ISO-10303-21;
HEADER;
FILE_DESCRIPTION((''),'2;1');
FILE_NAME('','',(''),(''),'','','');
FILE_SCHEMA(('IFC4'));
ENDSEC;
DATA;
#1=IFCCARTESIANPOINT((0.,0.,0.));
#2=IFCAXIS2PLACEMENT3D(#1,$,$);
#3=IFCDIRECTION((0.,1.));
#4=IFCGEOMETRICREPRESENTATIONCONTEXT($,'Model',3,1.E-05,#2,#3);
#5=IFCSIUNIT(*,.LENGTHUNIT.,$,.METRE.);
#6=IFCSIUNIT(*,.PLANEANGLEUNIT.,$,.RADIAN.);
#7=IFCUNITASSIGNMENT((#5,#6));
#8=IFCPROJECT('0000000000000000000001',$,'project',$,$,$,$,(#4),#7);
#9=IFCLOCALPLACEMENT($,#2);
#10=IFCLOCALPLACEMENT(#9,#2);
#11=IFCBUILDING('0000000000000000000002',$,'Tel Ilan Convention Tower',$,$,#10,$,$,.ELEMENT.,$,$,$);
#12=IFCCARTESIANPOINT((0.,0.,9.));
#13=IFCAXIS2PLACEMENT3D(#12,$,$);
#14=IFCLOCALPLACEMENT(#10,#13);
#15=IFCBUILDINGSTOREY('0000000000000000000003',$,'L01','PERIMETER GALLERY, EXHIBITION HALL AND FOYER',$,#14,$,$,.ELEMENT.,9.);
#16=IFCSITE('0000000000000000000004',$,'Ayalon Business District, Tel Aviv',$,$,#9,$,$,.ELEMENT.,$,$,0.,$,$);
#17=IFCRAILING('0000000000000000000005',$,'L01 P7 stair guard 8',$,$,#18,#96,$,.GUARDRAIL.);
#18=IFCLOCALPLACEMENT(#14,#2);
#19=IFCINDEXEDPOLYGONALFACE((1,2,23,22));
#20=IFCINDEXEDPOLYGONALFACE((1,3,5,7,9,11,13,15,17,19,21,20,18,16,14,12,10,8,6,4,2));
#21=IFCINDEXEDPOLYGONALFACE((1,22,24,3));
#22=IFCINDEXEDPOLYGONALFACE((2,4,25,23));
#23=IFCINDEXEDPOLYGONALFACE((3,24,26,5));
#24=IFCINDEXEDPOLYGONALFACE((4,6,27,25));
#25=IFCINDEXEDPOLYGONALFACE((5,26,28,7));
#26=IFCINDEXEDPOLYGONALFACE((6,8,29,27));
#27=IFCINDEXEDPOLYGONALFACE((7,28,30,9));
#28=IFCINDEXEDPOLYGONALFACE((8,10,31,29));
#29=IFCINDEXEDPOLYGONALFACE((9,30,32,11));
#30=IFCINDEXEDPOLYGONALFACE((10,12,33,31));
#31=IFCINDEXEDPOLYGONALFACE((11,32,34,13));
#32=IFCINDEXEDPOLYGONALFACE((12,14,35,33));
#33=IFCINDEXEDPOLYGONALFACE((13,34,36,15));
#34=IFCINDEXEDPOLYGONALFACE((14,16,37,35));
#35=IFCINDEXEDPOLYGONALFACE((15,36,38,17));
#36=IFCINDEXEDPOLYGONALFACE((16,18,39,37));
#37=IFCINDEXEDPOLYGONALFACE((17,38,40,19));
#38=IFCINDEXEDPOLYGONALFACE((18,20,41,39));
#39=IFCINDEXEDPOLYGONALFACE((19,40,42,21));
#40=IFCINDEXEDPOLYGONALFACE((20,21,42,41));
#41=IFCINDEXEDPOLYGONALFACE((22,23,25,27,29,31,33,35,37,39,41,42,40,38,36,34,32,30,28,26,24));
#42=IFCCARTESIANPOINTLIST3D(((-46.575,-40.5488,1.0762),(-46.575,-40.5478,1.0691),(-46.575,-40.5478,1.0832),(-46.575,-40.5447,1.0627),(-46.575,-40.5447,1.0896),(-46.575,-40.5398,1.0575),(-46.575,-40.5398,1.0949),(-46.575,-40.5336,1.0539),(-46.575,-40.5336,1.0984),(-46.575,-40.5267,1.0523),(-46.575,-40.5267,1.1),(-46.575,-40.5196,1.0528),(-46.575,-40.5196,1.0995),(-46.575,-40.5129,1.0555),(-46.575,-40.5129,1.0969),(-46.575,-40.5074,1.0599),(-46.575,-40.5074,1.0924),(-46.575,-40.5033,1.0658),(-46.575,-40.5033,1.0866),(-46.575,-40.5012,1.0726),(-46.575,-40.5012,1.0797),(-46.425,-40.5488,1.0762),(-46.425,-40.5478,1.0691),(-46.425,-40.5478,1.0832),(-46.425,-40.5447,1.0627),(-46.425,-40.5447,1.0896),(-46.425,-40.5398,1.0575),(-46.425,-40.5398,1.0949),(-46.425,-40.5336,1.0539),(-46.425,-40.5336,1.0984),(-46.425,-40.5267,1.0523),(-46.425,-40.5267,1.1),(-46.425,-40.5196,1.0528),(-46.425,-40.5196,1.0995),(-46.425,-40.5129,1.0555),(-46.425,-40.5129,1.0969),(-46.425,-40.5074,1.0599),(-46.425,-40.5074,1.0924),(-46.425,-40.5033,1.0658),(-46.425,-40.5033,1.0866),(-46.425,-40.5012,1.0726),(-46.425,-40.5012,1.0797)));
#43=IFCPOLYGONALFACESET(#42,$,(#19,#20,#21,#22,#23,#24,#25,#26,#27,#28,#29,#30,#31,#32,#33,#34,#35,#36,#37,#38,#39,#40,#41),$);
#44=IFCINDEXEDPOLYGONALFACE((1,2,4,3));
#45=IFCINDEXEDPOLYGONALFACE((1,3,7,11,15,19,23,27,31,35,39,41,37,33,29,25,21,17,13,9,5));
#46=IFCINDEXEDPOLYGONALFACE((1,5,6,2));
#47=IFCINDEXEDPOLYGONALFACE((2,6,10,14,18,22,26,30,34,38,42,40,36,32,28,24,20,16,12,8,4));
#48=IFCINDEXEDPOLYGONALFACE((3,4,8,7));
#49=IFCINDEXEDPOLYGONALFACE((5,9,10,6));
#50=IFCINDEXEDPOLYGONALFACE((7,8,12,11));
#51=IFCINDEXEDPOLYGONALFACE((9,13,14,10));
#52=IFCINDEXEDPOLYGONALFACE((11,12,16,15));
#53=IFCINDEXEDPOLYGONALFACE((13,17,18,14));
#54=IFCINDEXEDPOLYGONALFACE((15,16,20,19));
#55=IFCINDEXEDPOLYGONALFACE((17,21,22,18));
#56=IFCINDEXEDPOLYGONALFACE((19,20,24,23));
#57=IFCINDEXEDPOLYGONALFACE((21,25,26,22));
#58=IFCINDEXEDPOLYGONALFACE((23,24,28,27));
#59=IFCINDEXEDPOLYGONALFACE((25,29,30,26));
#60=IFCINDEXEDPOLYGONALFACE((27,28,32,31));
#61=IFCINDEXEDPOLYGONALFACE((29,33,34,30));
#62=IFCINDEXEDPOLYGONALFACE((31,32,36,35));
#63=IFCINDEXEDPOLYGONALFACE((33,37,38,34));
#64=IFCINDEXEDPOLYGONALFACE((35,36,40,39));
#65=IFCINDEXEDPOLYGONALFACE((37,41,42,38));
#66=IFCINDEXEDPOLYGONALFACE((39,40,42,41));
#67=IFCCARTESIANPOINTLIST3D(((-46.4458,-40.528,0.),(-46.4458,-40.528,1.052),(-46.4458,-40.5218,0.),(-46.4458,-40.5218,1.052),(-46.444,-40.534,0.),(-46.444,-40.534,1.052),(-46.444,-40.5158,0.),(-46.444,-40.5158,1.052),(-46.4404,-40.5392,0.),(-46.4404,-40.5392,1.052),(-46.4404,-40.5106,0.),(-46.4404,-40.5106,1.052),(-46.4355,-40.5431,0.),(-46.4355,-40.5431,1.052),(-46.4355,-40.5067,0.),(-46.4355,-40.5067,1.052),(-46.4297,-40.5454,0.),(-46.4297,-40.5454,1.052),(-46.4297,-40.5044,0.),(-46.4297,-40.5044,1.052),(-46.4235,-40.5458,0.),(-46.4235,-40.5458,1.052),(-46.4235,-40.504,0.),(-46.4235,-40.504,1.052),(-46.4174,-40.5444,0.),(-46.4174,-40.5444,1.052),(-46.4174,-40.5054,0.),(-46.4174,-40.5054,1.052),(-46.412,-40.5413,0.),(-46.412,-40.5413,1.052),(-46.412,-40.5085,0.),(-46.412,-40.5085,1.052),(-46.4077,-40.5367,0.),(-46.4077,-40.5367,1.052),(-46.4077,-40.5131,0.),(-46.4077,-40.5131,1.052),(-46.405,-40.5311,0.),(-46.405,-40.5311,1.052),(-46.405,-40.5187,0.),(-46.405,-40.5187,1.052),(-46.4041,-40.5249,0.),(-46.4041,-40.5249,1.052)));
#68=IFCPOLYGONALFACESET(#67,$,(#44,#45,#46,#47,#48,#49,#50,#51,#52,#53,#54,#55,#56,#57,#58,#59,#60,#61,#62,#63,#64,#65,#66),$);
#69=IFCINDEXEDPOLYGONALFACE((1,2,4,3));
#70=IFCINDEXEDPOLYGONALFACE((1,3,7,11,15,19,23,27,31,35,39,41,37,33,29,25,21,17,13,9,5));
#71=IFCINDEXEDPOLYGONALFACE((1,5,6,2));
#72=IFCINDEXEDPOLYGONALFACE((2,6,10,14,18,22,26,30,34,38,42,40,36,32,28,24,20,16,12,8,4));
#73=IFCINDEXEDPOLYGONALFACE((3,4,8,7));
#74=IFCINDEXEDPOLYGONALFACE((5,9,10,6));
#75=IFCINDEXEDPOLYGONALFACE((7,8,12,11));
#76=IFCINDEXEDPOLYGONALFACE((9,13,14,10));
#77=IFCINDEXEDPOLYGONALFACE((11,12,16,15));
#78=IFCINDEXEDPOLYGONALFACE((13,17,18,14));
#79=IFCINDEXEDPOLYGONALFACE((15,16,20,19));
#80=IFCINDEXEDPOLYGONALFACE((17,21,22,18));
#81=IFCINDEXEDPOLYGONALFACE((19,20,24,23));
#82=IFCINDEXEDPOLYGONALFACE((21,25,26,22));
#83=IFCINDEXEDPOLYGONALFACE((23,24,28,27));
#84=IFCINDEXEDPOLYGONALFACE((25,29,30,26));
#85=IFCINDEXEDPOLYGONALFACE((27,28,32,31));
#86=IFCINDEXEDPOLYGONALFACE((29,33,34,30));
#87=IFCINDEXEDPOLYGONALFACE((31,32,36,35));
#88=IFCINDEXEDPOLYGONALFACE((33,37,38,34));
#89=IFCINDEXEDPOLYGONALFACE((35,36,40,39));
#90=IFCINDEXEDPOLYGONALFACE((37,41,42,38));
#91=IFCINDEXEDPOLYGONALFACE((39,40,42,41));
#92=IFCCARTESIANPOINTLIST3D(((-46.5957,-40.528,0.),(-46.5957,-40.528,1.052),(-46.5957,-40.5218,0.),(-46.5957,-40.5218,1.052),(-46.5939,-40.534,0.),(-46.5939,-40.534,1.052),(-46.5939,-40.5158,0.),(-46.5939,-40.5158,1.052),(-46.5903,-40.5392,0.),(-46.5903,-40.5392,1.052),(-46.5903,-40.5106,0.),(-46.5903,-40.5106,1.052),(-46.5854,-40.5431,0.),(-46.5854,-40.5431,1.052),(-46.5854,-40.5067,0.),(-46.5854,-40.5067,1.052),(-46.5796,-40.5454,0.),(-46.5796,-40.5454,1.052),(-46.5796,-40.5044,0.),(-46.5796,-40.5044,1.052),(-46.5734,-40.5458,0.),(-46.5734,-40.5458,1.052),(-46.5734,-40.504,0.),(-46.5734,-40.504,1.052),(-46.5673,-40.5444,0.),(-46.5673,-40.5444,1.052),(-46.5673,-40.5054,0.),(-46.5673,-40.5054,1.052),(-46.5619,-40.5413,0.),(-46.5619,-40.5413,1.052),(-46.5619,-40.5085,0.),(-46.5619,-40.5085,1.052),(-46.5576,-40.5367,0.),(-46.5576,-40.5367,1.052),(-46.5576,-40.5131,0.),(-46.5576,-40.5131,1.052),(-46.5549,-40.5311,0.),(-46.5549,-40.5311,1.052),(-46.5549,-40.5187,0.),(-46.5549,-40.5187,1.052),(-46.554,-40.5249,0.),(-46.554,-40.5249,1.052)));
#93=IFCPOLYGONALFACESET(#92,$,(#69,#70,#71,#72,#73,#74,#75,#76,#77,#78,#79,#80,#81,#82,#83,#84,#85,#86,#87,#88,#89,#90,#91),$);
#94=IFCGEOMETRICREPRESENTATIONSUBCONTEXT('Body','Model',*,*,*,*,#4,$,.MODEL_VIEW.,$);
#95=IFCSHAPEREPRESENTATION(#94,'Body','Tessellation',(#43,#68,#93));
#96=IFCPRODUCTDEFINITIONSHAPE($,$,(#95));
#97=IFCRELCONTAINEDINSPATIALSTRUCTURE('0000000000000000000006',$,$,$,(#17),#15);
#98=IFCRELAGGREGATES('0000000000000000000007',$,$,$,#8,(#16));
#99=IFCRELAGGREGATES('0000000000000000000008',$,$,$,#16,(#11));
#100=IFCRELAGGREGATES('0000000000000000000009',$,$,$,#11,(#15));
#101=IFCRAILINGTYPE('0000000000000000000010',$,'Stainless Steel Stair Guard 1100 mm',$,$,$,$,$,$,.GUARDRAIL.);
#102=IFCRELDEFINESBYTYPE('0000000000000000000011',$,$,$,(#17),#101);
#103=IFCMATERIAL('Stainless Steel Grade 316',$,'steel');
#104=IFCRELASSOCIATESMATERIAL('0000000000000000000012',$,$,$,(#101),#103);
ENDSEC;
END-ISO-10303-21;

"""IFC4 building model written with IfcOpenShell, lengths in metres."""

from ifc_helpers import new_model, si_unit, direction, frame, origin, origin_2d, place, context, subcontext, project, spatial, circle, extrude, material, type_object, element, save


model = new_model("IFC4")

# Units and contexts
model_context = context("Model", 3, precision=1e-05, world=origin(), true_north=direction((0.0, 1.0)))
body_context = subcontext(model_context, "Body", "Model", "MODEL_VIEW")
ifc_project = project(units=[si_unit("LENGTHUNIT", "METRE"), si_unit("PLANEANGLEUNIT", "RADIAN")], contexts=[model_context])

# Site, building, storey
site_placement = place(None, origin())
site = spatial("IfcSite", under=ifc_project, at=site_placement, Name="Ayalon Business District, Tel Aviv", CompositionType="ELEMENT", RefElevation=0.0)
building_placement = place(site_placement, origin())
building = spatial("IfcBuilding", under=site, at=building_placement, Name="Tel Ilan Convention Tower", CompositionType="ELEMENT")
storey_placement = place(building_placement, frame((0.0, 0.0, 9.0)))
storey = spatial("IfcBuildingStorey", under=building, at=storey_placement, Name="L01", Description="PERIMETER GALLERY, EXHIBITION HALL AND FOYER", CompositionType="ELEMENT", Elevation=9.0)

# Railing
ifc_material_1 = material(Name="Stainless Steel Grade 316", Category="steel")
railing_type_1 = type_object("IfcRailingType", Name="Stainless Steel Stair Guard 1100 mm", PredefinedType="GUARDRAIL", material=ifc_material_1)
railing_1_placement = place(storey_placement, frame((-46.425, -40.5249, 0.0)))
element("IfcRailing", 1, at=railing_1_placement, inside=storey, type_object=railing_type_1, Name="L01 P7 stair guard 8", PredefinedType="GUARDRAIL", context=body_context, shape_type="SweptSolid", body=[
    extrude(circle(Radius=0.0239, at=origin_2d()), frame((0.0, 0.0, 1.0762), z_axis=(-1.0, 0.0, 0.0), x_axis=(0.0, -1.0, 0.0)), (0.0, 0.0, 1.0), 0.1499),
    extrude(circle(Radius=0.021, at=origin_2d()), origin(), (0.0, 0.0, 1.0), 1.052),
    extrude(circle(Radius=0.021, at=origin_2d()), frame((-0.1499, 0.0, 0.0)), (0.0, 0.0, 1.0), 1.052),
])

save(model, "model.ifc")
